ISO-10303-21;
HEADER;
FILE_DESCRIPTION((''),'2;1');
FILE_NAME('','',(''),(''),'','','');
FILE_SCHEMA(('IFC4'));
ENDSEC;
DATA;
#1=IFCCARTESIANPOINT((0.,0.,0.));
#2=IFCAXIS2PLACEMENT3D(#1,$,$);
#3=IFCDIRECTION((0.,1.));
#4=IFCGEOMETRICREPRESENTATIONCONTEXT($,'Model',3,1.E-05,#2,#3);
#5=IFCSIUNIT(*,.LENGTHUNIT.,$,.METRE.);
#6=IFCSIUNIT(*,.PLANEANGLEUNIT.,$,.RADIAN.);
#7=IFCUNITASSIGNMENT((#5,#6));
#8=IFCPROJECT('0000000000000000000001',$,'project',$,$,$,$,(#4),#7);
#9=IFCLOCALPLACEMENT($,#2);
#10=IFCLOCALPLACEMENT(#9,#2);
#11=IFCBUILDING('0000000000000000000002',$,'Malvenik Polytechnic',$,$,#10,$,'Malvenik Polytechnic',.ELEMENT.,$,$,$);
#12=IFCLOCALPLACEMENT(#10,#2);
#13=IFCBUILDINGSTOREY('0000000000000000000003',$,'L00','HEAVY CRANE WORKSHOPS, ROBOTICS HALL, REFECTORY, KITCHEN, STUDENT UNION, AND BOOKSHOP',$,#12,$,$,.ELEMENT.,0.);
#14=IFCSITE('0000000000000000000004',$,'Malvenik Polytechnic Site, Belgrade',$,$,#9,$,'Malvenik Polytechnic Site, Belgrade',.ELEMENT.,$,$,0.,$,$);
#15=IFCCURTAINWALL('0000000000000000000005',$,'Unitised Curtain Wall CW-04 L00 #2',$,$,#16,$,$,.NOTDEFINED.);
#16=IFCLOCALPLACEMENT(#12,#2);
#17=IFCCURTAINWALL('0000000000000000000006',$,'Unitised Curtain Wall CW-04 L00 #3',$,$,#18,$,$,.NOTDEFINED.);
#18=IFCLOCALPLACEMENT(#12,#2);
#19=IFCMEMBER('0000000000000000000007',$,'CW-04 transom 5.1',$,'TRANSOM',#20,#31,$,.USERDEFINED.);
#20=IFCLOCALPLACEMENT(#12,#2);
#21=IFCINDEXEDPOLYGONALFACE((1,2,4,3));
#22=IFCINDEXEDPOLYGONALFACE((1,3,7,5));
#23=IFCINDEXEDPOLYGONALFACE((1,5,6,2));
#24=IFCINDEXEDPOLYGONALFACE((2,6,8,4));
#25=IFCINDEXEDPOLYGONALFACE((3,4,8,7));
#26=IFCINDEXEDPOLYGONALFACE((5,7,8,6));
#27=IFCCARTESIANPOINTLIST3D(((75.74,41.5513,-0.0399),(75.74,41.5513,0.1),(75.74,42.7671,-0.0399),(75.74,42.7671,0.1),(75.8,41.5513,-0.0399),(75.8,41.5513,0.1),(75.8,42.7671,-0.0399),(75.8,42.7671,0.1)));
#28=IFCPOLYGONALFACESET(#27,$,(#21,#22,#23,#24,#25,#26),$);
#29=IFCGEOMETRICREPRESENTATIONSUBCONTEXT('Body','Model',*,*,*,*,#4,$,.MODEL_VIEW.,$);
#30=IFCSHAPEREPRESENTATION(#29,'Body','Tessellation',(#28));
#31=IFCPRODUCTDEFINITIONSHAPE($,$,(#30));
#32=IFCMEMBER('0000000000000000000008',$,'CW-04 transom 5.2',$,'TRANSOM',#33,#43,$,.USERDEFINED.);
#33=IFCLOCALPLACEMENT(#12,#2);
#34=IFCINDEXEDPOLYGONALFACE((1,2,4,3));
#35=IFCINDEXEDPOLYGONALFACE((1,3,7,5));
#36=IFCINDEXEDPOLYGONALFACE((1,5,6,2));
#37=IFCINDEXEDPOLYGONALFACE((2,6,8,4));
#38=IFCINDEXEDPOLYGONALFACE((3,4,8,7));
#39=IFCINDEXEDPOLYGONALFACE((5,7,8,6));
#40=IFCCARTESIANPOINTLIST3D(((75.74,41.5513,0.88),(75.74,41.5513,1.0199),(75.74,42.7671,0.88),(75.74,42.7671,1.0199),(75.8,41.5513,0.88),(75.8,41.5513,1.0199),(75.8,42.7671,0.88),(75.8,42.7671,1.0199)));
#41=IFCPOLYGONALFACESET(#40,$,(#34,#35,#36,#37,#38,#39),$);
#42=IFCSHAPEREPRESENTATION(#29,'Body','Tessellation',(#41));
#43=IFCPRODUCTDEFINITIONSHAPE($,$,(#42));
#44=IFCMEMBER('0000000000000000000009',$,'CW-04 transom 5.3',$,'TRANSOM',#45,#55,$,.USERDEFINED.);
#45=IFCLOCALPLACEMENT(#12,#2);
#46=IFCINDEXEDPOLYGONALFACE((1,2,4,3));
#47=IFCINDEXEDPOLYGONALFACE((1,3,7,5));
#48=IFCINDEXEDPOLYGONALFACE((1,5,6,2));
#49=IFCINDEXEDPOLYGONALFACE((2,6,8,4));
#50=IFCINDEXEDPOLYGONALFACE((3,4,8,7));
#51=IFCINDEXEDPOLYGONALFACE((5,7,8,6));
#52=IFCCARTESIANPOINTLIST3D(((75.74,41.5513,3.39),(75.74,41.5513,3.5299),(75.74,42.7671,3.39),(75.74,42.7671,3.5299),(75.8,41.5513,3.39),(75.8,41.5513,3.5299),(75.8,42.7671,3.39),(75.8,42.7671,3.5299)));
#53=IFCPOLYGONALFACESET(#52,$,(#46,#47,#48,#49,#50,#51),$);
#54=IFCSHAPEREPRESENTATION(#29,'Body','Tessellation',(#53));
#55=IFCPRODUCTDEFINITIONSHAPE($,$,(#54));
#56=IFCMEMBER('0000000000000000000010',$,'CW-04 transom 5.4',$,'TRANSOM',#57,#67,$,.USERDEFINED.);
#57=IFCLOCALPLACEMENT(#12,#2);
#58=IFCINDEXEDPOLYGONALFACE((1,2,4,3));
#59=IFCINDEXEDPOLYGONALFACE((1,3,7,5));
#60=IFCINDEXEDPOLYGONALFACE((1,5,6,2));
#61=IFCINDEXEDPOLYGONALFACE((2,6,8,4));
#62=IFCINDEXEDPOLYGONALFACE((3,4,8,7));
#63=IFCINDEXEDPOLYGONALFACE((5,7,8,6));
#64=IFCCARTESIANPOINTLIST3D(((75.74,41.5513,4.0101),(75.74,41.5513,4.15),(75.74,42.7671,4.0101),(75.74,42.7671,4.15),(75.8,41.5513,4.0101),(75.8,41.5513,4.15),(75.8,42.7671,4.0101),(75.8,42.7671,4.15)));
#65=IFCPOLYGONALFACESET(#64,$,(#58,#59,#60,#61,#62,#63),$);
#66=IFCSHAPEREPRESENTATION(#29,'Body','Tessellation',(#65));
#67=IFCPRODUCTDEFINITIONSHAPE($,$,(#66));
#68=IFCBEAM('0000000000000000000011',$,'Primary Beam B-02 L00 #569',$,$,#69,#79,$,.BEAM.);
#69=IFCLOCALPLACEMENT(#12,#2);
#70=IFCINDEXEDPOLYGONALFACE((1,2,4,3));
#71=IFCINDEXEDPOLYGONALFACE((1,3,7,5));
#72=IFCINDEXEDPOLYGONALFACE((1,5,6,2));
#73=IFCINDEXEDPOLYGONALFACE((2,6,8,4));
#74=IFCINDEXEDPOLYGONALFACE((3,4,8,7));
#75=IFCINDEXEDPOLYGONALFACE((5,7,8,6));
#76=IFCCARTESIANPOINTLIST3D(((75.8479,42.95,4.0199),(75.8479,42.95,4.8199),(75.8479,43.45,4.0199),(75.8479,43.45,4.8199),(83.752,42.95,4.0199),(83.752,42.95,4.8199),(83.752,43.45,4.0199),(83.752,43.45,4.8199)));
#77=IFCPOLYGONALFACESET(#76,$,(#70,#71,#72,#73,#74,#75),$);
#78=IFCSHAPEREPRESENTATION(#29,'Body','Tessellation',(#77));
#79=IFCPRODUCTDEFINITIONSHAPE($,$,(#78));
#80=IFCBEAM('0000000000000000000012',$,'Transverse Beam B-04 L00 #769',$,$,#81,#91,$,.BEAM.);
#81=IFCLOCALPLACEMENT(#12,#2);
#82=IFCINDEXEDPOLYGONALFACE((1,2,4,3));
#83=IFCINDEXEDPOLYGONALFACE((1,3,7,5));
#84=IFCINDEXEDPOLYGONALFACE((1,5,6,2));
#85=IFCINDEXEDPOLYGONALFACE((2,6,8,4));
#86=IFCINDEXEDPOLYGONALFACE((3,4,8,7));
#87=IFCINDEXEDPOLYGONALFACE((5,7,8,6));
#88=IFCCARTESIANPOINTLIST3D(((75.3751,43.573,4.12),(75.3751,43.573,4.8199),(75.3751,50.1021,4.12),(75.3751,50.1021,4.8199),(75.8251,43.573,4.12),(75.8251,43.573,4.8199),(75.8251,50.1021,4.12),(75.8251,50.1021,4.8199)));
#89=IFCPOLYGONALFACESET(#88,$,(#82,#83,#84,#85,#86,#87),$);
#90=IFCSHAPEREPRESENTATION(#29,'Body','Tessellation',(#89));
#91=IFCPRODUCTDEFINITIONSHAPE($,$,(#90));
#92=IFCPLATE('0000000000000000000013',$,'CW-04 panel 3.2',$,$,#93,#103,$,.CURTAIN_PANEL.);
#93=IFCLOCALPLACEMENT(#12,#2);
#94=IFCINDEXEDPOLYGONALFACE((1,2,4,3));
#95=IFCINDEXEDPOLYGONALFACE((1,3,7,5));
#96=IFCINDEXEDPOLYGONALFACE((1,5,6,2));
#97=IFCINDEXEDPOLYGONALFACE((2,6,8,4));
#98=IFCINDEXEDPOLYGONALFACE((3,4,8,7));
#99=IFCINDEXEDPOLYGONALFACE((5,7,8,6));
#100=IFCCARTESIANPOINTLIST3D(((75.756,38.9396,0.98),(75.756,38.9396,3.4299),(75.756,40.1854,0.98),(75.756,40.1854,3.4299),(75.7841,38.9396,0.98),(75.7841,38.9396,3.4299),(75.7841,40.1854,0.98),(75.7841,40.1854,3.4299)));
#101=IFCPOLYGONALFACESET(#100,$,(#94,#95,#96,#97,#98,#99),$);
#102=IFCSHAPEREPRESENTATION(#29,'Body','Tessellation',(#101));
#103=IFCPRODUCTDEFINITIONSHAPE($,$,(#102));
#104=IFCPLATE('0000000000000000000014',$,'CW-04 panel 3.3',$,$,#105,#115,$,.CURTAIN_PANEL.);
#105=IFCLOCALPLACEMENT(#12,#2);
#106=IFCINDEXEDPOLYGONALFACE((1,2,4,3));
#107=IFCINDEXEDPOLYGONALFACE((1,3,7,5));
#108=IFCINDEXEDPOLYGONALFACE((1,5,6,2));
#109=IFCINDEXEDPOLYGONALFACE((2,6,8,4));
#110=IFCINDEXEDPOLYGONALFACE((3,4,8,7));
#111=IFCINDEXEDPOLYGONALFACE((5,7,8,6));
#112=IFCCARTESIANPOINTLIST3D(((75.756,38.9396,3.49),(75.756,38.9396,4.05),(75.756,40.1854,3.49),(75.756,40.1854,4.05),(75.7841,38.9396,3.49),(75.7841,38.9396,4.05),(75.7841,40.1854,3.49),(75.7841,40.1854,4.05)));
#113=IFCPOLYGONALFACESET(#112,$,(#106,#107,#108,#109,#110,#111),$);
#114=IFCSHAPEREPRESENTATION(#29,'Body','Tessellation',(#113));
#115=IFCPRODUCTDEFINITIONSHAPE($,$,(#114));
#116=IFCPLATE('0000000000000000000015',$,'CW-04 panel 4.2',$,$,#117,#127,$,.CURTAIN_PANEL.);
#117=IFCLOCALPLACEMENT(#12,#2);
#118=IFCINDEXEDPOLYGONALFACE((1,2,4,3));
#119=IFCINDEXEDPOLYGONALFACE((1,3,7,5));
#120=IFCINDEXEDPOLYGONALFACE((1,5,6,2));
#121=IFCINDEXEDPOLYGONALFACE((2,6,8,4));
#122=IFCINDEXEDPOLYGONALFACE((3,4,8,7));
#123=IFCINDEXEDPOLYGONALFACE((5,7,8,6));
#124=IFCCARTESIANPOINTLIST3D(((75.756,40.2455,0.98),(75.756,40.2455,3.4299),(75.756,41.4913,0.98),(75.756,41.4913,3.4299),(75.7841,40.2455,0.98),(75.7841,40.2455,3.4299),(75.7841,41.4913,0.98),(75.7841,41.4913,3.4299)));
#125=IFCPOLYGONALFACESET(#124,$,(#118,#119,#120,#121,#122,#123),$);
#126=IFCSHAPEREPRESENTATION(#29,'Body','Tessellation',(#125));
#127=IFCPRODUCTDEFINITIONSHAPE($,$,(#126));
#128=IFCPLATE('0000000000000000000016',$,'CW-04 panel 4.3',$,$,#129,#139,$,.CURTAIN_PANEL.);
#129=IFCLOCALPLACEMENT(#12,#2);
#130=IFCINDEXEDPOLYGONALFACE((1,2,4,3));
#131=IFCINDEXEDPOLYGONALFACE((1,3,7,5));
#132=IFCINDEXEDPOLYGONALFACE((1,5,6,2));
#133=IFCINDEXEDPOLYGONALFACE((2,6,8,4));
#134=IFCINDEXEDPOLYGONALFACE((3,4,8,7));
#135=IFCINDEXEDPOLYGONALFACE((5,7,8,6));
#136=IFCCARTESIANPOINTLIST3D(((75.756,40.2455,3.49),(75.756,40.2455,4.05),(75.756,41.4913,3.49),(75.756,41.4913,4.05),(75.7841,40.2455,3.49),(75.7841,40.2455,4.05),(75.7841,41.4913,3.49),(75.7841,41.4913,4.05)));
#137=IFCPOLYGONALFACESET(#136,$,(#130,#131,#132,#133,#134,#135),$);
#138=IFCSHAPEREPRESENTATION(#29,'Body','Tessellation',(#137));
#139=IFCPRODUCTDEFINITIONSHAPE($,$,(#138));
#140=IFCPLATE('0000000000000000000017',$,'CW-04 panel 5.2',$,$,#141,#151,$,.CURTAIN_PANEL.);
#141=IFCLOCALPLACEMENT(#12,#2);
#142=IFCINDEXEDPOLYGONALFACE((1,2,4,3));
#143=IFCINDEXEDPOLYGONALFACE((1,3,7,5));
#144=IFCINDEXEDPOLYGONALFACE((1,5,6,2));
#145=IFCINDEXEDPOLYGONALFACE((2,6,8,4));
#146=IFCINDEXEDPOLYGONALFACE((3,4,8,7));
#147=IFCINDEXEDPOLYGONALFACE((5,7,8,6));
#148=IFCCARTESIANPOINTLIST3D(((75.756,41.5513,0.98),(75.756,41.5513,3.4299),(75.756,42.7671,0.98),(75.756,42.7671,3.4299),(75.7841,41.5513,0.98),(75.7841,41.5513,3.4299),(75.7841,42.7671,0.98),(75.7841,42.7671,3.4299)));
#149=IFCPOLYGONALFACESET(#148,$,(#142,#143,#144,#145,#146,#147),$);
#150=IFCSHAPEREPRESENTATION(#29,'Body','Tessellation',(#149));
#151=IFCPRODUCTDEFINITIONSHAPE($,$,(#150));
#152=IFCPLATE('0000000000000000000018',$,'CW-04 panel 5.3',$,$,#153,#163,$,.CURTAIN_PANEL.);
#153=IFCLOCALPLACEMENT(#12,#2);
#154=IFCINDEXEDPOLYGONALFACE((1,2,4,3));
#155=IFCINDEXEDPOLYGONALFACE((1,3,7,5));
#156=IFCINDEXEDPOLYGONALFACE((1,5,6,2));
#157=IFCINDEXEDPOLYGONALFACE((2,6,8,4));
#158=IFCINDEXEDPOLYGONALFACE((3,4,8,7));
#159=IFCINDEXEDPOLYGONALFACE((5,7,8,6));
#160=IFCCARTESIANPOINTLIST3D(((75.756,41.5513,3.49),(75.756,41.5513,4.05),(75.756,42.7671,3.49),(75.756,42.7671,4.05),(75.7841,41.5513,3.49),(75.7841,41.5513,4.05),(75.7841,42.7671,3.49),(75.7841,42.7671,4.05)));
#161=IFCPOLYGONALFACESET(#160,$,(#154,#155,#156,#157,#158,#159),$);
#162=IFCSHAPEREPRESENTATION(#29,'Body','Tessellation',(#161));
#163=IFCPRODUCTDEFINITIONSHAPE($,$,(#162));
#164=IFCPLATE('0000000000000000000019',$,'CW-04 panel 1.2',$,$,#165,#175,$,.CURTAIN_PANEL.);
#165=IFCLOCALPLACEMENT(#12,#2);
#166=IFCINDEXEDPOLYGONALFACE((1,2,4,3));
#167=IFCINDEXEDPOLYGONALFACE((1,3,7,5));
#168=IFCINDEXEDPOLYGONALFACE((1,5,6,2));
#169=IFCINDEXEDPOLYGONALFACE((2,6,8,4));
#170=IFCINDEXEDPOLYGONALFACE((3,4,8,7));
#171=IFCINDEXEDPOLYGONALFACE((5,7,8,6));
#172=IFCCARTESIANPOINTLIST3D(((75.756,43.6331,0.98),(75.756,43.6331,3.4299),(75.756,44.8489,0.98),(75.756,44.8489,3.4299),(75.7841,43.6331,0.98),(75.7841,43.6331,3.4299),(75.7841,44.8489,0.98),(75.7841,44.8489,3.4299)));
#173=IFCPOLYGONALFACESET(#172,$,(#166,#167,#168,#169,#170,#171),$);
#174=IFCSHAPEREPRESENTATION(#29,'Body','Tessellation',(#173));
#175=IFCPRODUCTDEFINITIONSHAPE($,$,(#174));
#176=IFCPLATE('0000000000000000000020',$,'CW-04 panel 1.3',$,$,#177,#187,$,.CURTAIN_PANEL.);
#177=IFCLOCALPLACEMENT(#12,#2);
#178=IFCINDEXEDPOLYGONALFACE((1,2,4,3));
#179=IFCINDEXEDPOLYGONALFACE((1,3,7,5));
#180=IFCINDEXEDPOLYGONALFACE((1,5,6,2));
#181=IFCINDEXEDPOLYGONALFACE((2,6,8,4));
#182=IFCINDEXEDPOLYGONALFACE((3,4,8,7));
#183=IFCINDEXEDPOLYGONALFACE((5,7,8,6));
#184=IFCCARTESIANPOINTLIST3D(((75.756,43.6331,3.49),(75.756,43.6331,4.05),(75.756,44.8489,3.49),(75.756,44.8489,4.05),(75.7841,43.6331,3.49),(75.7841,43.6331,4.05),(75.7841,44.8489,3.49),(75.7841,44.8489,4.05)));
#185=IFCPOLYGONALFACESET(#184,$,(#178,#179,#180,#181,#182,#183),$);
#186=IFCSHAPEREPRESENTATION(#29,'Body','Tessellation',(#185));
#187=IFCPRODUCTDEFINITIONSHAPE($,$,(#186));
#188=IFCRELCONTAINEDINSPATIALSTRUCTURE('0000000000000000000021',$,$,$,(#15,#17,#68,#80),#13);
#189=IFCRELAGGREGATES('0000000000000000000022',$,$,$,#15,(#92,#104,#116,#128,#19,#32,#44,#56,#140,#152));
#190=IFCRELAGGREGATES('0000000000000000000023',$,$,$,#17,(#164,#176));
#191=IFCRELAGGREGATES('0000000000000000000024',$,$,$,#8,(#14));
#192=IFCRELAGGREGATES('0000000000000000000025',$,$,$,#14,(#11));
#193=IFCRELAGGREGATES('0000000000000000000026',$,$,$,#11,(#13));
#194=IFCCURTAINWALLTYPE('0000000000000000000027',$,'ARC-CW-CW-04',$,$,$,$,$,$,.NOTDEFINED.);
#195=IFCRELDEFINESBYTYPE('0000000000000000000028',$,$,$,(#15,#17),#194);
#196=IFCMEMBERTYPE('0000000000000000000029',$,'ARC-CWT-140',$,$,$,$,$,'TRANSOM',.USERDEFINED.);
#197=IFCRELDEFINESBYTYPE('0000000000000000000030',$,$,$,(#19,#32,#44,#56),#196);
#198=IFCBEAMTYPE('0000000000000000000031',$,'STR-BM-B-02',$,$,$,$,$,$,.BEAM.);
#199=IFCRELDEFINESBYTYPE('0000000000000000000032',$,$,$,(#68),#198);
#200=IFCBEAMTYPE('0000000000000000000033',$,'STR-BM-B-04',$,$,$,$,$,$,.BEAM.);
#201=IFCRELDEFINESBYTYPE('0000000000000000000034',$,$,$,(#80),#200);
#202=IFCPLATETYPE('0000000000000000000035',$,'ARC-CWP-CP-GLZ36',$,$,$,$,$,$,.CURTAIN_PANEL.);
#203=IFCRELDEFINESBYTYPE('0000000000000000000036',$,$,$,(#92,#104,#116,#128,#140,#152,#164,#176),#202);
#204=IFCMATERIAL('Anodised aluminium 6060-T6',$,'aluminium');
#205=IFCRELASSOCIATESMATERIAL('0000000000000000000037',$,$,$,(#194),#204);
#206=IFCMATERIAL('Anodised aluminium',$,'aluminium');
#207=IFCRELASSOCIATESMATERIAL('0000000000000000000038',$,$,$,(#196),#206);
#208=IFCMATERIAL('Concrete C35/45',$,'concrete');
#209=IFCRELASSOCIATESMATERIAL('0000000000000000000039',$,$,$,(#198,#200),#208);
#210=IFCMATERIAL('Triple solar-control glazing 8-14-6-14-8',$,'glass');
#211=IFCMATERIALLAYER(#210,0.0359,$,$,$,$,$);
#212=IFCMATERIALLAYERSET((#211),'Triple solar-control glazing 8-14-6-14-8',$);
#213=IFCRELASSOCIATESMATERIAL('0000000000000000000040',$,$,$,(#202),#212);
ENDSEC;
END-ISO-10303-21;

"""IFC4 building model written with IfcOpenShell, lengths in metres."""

from ifc_helpers import new_model, si_unit, direction, frame, origin, origin_2d, place, context, subcontext, project, spatial, rectangle, extrude, material, layer, layer_set, material_profile, profile_set, type_object, element, aggregate, save


model = new_model("IFC4")

# Units and contexts
model_context = context("Model", 3, precision=1e-05, world=origin(), true_north=direction((0.0, 1.0)))
body_context = subcontext(model_context, "Body", "Model", "MODEL_VIEW")
ifc_project = project(units=[si_unit("LENGTHUNIT", "METRE"), si_unit("PLANEANGLEUNIT", "RADIAN")], contexts=[model_context])

# Site, building, storey
site_placement = place(None, origin())
site = spatial("IfcSite", under=ifc_project, at=site_placement, Name="Malvenik Polytechnic Site, Belgrade", LongName="Malvenik Polytechnic Site, Belgrade", CompositionType="ELEMENT", RefElevation=0.0)
building_placement = place(site_placement, origin())
building = spatial("IfcBuilding", under=site, at=building_placement, Name="Malvenik Polytechnic", LongName="Malvenik Polytechnic", CompositionType="ELEMENT")
storey_placement = place(building_placement, origin())
storey = spatial("IfcBuildingStorey", under=building, at=storey_placement, Name="L00", Description="HEAVY CRANE WORKSHOPS, ROBOTICS HALL, REFECTORY, KITCHEN, STUDENT UNION, AND BOOKSHOP", CompositionType="ELEMENT", Elevation=0.0)

# Shared definitions
ifc_material_1 = material(Name="Concrete C35/45", Category="concrete")

# Curtain walls
ifc_material_2 = material(Name="Anodised aluminium 6060-T6", Category="aluminium")
curtain_wall_type = type_object("IfcCurtainWallType", Name="ARC-CW-CW-04", PredefinedType="NOTDEFINED", material=ifc_material_2)
curtain_wall_1_placement = place(storey_placement, origin())
curtain_wall_1 = element("IfcCurtainWall", 1, at=curtain_wall_1_placement, inside=storey, type_object=curtain_wall_type, Name="Unitised Curtain Wall CW-04 L00 #2", PredefinedType="NOTDEFINED")
ifc_material_3 = material(Name="Anodised aluminium", Category="aluminium")
curtain_wall_2_placement = place(storey_placement, origin())
curtain_wall_2 = element("IfcCurtainWall", 2, at=curtain_wall_2_placement, inside=storey, type_object=curtain_wall_type, Name="Unitised Curtain Wall CW-04 L00 #3", PredefinedType="NOTDEFINED")

# Members
ifc_material_profile_1 = material_profile(ifc_material_3, rectangle(XDim=0.0601, YDim=0.1399, at=origin_2d()), Name="ALU TRANSOM 60x140")
ifc_profile_set_1 = profile_set([ifc_material_profile_1], Name="Anodised aluminium")
member_type_1 = type_object("IfcMemberType", Name="ARC-CWT-140", ElementType="TRANSOM", PredefinedType="USERDEFINED", material=ifc_profile_set_1)
member_1_placement = place(storey_placement, frame((75.77, 41.5513, 0.03), z_axis=(0.0, 1.0, 0.0), x_axis=(-1.0, 0.0, 0.0)))
member_1 = element("IfcMember", 3, at=member_1_placement, type_object=member_type_1, Name="CW-04 transom 5.1", ObjectType="TRANSOM", PredefinedType="USERDEFINED", context=body_context, shape_type="SweptSolid", body=[
    extrude(rectangle(XDim=0.0601, YDim=0.1399, at=origin_2d()), origin(), (0.0, 0.0, 1.0), 1.2158),
])
member_2_placement = place(storey_placement, frame((75.77, 41.5513, 0.95), z_axis=(0.0, 1.0, 0.0), x_axis=(-1.0, 0.0, 0.0)))
member_2 = element("IfcMember", 4, at=member_2_placement, type_object=member_type_1, Name="CW-04 transom 5.2", ObjectType="TRANSOM", PredefinedType="USERDEFINED", context=body_context, shape_type="SweptSolid", body=[
    extrude(rectangle(XDim=0.0601, YDim=0.1399, at=origin_2d()), origin(), (0.0, 0.0, 1.0), 1.2158),
])
member_3_placement = place(storey_placement, frame((75.77, 41.5513, 3.46), z_axis=(0.0, 1.0, 0.0), x_axis=(-1.0, 0.0, 0.0)))
member_3 = element("IfcMember", 5, at=member_3_placement, type_object=member_type_1, Name="CW-04 transom 5.3", ObjectType="TRANSOM", PredefinedType="USERDEFINED", context=body_context, shape_type="SweptSolid", body=[
    extrude(rectangle(XDim=0.0601, YDim=0.1399, at=origin_2d()), origin(), (0.0, 0.0, 1.0), 1.2158),
])
member_4_placement = place(storey_placement, frame((75.77, 41.5513, 4.0801), z_axis=(0.0, 1.0, 0.0), x_axis=(-1.0, 0.0, 0.0)))
member_4 = element("IfcMember", 6, at=member_4_placement, type_object=member_type_1, Name="CW-04 transom 5.4", ObjectType="TRANSOM", PredefinedType="USERDEFINED", context=body_context, shape_type="SweptSolid", body=[
    extrude(rectangle(XDim=0.0601, YDim=0.1399, at=origin_2d()), origin(), (0.0, 0.0, 1.0), 1.2158),
])

# Beams
ifc_material_profile_2 = material_profile(ifc_material_1, rectangle(XDim=0.5, YDim=0.8, at=origin_2d()), Name="RC BM 500x800")
ifc_profile_set_2 = profile_set([ifc_material_profile_2], Name="Concrete C35/45")
beam_type_1 = type_object("IfcBeamType", Name="STR-BM-B-02", PredefinedType="BEAM", material=ifc_profile_set_2)
beam_1_placement = place(storey_placement, frame((75.8479, 43.2, 4.4199), z_axis=(1.0, 0.0, 0.0), x_axis=(0.0, 1.0, 0.0)))
element("IfcBeam", 7, at=beam_1_placement, inside=storey, type_object=beam_type_1, Name="Primary Beam B-02 L00 #569", PredefinedType="BEAM", context=body_context, shape_type="SweptSolid", body=[
    extrude(rectangle(XDim=0.5, YDim=0.8, at=origin_2d()), origin(), (0.0, 0.0, 1.0), 7.9041),
])
ifc_material_profile_3 = material_profile(ifc_material_1, rectangle(XDim=0.45, YDim=0.7, at=origin_2d()), Name="RC BM 450x700")
ifc_profile_set_3 = profile_set([ifc_material_profile_3], Name="Concrete C35/45")
beam_type_2 = type_object("IfcBeamType", Name="STR-BM-B-04", PredefinedType="BEAM", material=ifc_profile_set_3)
beam_2_placement = place(storey_placement, frame((75.6001, 43.573, 4.47), z_axis=(0.0, 1.0, 0.0), x_axis=(-1.0, 0.0, 0.0)))
element("IfcBeam", 8, at=beam_2_placement, inside=storey, type_object=beam_type_2, Name="Transverse Beam B-04 L00 #769", PredefinedType="BEAM", context=body_context, shape_type="SweptSolid", body=[
    extrude(rectangle(XDim=0.45, YDim=0.7, at=origin_2d()), origin(), (0.0, 0.0, 1.0), 6.5291),
])

# Plates
ifc_material_4 = material(Name="Triple solar-control glazing 8-14-6-14-8", Category="glass")
ifc_layer_1 = layer(ifc_material_4, 0.0359)
ifc_layer_set_1 = layer_set([ifc_layer_1], Name="Triple solar-control glazing 8-14-6-14-8")
plate_type_1 = type_object("IfcPlateType", Name="ARC-CWP-CP-GLZ36", PredefinedType="CURTAIN_PANEL", material=ifc_layer_set_1)
plate_1_placement = place(storey_placement, frame((75.77, 39.5625, 0.98), z_axis=(0.0, 0.0, 1.0), x_axis=(0.0, 1.0, 0.0)))
plate_1 = element("IfcPlate", 9, at=plate_1_placement, type_object=plate_type_1, Name="CW-04 panel 3.2", PredefinedType="CURTAIN_PANEL", context=body_context, shape_type="SweptSolid", body=[
    extrude(rectangle(XDim=1.2458, YDim=0.0281, at=origin_2d()), origin(), (0.0, 0.0, 1.0), 2.45),
])
plate_2_placement = place(storey_placement, frame((75.77, 39.5625, 3.49), z_axis=(0.0, 0.0, 1.0), x_axis=(0.0, 1.0, 0.0)))
plate_2 = element("IfcPlate", 10, at=plate_2_placement, type_object=plate_type_1, Name="CW-04 panel 3.3", PredefinedType="CURTAIN_PANEL", context=body_context, shape_type="SweptSolid", body=[
    extrude(rectangle(XDim=1.2458, YDim=0.0281, at=origin_2d()), origin(), (0.0, 0.0, 1.0), 0.5601),
])
plate_3_placement = place(storey_placement, frame((75.77, 40.8684, 0.98), z_axis=(0.0, 0.0, 1.0), x_axis=(0.0, 1.0, 0.0)))
plate_3 = element("IfcPlate", 11, at=plate_3_placement, type_object=plate_type_1, Name="CW-04 panel 4.2", PredefinedType="CURTAIN_PANEL", context=body_context, shape_type="SweptSolid", body=[
    extrude(rectangle(XDim=1.2458, YDim=0.0281, at=origin_2d()), origin(), (0.0, 0.0, 1.0), 2.45),
])
plate_4_placement = place(storey_placement, frame((75.77, 40.8684, 3.49), z_axis=(0.0, 0.0, 1.0), x_axis=(0.0, 1.0, 0.0)))
plate_4 = element("IfcPlate", 12, at=plate_4_placement, type_object=plate_type_1, Name="CW-04 panel 4.3", PredefinedType="CURTAIN_PANEL", context=body_context, shape_type="SweptSolid", body=[
    extrude(rectangle(XDim=1.2458, YDim=0.0281, at=origin_2d()), origin(), (0.0, 0.0, 1.0), 0.5601),
])
plate_5_placement = place(storey_placement, frame((75.77, 42.1592, 0.98), z_axis=(0.0, 0.0, 1.0), x_axis=(0.0, 1.0, 0.0)))
plate_5 = element("IfcPlate", 13, at=plate_5_placement, type_object=plate_type_1, Name="CW-04 panel 5.2", PredefinedType="CURTAIN_PANEL", context=body_context, shape_type="SweptSolid", body=[
    extrude(rectangle(XDim=1.2158, YDim=0.0281, at=origin_2d()), origin(), (0.0, 0.0, 1.0), 2.45),
])
plate_6_placement = place(storey_placement, frame((75.77, 42.1592, 3.49), z_axis=(0.0, 0.0, 1.0), x_axis=(0.0, 1.0, 0.0)))
plate_6 = element("IfcPlate", 14, at=plate_6_placement, type_object=plate_type_1, Name="CW-04 panel 5.3", PredefinedType="CURTAIN_PANEL", context=body_context, shape_type="SweptSolid", body=[
    extrude(rectangle(XDim=1.2158, YDim=0.0281, at=origin_2d()), origin(), (0.0, 0.0, 1.0), 0.5601),
])
plate_7_placement = place(storey_placement, frame((75.77, 44.241, 0.98), z_axis=(0.0, 0.0, 1.0), x_axis=(0.0, 1.0, 0.0)))
plate_7 = element("IfcPlate", 15, at=plate_7_placement, type_object=plate_type_1, Name="CW-04 panel 1.2", PredefinedType="CURTAIN_PANEL", context=body_context, shape_type="SweptSolid", body=[
    extrude(rectangle(XDim=1.2158, YDim=0.0281, at=origin_2d()), origin(), (0.0, 0.0, 1.0), 2.45),
])
plate_8_placement = place(storey_placement, frame((75.77, 44.241, 3.49), z_axis=(0.0, 0.0, 1.0), x_axis=(0.0, 1.0, 0.0)))
plate_8 = element("IfcPlate", 16, at=plate_8_placement, type_object=plate_type_1, Name="CW-04 panel 1.3", PredefinedType="CURTAIN_PANEL", context=body_context, shape_type="SweptSolid", body=[
    extrude(rectangle(XDim=1.2158, YDim=0.0281, at=origin_2d()), origin(), (0.0, 0.0, 1.0), 0.5601),
])
aggregate(curtain_wall_1, [plate_1, plate_2, plate_3, plate_4, member_1, member_2, member_3, member_4, plate_5, plate_6])
aggregate(curtain_wall_2, [plate_7, plate_8])

save(model, "model.ifc")
